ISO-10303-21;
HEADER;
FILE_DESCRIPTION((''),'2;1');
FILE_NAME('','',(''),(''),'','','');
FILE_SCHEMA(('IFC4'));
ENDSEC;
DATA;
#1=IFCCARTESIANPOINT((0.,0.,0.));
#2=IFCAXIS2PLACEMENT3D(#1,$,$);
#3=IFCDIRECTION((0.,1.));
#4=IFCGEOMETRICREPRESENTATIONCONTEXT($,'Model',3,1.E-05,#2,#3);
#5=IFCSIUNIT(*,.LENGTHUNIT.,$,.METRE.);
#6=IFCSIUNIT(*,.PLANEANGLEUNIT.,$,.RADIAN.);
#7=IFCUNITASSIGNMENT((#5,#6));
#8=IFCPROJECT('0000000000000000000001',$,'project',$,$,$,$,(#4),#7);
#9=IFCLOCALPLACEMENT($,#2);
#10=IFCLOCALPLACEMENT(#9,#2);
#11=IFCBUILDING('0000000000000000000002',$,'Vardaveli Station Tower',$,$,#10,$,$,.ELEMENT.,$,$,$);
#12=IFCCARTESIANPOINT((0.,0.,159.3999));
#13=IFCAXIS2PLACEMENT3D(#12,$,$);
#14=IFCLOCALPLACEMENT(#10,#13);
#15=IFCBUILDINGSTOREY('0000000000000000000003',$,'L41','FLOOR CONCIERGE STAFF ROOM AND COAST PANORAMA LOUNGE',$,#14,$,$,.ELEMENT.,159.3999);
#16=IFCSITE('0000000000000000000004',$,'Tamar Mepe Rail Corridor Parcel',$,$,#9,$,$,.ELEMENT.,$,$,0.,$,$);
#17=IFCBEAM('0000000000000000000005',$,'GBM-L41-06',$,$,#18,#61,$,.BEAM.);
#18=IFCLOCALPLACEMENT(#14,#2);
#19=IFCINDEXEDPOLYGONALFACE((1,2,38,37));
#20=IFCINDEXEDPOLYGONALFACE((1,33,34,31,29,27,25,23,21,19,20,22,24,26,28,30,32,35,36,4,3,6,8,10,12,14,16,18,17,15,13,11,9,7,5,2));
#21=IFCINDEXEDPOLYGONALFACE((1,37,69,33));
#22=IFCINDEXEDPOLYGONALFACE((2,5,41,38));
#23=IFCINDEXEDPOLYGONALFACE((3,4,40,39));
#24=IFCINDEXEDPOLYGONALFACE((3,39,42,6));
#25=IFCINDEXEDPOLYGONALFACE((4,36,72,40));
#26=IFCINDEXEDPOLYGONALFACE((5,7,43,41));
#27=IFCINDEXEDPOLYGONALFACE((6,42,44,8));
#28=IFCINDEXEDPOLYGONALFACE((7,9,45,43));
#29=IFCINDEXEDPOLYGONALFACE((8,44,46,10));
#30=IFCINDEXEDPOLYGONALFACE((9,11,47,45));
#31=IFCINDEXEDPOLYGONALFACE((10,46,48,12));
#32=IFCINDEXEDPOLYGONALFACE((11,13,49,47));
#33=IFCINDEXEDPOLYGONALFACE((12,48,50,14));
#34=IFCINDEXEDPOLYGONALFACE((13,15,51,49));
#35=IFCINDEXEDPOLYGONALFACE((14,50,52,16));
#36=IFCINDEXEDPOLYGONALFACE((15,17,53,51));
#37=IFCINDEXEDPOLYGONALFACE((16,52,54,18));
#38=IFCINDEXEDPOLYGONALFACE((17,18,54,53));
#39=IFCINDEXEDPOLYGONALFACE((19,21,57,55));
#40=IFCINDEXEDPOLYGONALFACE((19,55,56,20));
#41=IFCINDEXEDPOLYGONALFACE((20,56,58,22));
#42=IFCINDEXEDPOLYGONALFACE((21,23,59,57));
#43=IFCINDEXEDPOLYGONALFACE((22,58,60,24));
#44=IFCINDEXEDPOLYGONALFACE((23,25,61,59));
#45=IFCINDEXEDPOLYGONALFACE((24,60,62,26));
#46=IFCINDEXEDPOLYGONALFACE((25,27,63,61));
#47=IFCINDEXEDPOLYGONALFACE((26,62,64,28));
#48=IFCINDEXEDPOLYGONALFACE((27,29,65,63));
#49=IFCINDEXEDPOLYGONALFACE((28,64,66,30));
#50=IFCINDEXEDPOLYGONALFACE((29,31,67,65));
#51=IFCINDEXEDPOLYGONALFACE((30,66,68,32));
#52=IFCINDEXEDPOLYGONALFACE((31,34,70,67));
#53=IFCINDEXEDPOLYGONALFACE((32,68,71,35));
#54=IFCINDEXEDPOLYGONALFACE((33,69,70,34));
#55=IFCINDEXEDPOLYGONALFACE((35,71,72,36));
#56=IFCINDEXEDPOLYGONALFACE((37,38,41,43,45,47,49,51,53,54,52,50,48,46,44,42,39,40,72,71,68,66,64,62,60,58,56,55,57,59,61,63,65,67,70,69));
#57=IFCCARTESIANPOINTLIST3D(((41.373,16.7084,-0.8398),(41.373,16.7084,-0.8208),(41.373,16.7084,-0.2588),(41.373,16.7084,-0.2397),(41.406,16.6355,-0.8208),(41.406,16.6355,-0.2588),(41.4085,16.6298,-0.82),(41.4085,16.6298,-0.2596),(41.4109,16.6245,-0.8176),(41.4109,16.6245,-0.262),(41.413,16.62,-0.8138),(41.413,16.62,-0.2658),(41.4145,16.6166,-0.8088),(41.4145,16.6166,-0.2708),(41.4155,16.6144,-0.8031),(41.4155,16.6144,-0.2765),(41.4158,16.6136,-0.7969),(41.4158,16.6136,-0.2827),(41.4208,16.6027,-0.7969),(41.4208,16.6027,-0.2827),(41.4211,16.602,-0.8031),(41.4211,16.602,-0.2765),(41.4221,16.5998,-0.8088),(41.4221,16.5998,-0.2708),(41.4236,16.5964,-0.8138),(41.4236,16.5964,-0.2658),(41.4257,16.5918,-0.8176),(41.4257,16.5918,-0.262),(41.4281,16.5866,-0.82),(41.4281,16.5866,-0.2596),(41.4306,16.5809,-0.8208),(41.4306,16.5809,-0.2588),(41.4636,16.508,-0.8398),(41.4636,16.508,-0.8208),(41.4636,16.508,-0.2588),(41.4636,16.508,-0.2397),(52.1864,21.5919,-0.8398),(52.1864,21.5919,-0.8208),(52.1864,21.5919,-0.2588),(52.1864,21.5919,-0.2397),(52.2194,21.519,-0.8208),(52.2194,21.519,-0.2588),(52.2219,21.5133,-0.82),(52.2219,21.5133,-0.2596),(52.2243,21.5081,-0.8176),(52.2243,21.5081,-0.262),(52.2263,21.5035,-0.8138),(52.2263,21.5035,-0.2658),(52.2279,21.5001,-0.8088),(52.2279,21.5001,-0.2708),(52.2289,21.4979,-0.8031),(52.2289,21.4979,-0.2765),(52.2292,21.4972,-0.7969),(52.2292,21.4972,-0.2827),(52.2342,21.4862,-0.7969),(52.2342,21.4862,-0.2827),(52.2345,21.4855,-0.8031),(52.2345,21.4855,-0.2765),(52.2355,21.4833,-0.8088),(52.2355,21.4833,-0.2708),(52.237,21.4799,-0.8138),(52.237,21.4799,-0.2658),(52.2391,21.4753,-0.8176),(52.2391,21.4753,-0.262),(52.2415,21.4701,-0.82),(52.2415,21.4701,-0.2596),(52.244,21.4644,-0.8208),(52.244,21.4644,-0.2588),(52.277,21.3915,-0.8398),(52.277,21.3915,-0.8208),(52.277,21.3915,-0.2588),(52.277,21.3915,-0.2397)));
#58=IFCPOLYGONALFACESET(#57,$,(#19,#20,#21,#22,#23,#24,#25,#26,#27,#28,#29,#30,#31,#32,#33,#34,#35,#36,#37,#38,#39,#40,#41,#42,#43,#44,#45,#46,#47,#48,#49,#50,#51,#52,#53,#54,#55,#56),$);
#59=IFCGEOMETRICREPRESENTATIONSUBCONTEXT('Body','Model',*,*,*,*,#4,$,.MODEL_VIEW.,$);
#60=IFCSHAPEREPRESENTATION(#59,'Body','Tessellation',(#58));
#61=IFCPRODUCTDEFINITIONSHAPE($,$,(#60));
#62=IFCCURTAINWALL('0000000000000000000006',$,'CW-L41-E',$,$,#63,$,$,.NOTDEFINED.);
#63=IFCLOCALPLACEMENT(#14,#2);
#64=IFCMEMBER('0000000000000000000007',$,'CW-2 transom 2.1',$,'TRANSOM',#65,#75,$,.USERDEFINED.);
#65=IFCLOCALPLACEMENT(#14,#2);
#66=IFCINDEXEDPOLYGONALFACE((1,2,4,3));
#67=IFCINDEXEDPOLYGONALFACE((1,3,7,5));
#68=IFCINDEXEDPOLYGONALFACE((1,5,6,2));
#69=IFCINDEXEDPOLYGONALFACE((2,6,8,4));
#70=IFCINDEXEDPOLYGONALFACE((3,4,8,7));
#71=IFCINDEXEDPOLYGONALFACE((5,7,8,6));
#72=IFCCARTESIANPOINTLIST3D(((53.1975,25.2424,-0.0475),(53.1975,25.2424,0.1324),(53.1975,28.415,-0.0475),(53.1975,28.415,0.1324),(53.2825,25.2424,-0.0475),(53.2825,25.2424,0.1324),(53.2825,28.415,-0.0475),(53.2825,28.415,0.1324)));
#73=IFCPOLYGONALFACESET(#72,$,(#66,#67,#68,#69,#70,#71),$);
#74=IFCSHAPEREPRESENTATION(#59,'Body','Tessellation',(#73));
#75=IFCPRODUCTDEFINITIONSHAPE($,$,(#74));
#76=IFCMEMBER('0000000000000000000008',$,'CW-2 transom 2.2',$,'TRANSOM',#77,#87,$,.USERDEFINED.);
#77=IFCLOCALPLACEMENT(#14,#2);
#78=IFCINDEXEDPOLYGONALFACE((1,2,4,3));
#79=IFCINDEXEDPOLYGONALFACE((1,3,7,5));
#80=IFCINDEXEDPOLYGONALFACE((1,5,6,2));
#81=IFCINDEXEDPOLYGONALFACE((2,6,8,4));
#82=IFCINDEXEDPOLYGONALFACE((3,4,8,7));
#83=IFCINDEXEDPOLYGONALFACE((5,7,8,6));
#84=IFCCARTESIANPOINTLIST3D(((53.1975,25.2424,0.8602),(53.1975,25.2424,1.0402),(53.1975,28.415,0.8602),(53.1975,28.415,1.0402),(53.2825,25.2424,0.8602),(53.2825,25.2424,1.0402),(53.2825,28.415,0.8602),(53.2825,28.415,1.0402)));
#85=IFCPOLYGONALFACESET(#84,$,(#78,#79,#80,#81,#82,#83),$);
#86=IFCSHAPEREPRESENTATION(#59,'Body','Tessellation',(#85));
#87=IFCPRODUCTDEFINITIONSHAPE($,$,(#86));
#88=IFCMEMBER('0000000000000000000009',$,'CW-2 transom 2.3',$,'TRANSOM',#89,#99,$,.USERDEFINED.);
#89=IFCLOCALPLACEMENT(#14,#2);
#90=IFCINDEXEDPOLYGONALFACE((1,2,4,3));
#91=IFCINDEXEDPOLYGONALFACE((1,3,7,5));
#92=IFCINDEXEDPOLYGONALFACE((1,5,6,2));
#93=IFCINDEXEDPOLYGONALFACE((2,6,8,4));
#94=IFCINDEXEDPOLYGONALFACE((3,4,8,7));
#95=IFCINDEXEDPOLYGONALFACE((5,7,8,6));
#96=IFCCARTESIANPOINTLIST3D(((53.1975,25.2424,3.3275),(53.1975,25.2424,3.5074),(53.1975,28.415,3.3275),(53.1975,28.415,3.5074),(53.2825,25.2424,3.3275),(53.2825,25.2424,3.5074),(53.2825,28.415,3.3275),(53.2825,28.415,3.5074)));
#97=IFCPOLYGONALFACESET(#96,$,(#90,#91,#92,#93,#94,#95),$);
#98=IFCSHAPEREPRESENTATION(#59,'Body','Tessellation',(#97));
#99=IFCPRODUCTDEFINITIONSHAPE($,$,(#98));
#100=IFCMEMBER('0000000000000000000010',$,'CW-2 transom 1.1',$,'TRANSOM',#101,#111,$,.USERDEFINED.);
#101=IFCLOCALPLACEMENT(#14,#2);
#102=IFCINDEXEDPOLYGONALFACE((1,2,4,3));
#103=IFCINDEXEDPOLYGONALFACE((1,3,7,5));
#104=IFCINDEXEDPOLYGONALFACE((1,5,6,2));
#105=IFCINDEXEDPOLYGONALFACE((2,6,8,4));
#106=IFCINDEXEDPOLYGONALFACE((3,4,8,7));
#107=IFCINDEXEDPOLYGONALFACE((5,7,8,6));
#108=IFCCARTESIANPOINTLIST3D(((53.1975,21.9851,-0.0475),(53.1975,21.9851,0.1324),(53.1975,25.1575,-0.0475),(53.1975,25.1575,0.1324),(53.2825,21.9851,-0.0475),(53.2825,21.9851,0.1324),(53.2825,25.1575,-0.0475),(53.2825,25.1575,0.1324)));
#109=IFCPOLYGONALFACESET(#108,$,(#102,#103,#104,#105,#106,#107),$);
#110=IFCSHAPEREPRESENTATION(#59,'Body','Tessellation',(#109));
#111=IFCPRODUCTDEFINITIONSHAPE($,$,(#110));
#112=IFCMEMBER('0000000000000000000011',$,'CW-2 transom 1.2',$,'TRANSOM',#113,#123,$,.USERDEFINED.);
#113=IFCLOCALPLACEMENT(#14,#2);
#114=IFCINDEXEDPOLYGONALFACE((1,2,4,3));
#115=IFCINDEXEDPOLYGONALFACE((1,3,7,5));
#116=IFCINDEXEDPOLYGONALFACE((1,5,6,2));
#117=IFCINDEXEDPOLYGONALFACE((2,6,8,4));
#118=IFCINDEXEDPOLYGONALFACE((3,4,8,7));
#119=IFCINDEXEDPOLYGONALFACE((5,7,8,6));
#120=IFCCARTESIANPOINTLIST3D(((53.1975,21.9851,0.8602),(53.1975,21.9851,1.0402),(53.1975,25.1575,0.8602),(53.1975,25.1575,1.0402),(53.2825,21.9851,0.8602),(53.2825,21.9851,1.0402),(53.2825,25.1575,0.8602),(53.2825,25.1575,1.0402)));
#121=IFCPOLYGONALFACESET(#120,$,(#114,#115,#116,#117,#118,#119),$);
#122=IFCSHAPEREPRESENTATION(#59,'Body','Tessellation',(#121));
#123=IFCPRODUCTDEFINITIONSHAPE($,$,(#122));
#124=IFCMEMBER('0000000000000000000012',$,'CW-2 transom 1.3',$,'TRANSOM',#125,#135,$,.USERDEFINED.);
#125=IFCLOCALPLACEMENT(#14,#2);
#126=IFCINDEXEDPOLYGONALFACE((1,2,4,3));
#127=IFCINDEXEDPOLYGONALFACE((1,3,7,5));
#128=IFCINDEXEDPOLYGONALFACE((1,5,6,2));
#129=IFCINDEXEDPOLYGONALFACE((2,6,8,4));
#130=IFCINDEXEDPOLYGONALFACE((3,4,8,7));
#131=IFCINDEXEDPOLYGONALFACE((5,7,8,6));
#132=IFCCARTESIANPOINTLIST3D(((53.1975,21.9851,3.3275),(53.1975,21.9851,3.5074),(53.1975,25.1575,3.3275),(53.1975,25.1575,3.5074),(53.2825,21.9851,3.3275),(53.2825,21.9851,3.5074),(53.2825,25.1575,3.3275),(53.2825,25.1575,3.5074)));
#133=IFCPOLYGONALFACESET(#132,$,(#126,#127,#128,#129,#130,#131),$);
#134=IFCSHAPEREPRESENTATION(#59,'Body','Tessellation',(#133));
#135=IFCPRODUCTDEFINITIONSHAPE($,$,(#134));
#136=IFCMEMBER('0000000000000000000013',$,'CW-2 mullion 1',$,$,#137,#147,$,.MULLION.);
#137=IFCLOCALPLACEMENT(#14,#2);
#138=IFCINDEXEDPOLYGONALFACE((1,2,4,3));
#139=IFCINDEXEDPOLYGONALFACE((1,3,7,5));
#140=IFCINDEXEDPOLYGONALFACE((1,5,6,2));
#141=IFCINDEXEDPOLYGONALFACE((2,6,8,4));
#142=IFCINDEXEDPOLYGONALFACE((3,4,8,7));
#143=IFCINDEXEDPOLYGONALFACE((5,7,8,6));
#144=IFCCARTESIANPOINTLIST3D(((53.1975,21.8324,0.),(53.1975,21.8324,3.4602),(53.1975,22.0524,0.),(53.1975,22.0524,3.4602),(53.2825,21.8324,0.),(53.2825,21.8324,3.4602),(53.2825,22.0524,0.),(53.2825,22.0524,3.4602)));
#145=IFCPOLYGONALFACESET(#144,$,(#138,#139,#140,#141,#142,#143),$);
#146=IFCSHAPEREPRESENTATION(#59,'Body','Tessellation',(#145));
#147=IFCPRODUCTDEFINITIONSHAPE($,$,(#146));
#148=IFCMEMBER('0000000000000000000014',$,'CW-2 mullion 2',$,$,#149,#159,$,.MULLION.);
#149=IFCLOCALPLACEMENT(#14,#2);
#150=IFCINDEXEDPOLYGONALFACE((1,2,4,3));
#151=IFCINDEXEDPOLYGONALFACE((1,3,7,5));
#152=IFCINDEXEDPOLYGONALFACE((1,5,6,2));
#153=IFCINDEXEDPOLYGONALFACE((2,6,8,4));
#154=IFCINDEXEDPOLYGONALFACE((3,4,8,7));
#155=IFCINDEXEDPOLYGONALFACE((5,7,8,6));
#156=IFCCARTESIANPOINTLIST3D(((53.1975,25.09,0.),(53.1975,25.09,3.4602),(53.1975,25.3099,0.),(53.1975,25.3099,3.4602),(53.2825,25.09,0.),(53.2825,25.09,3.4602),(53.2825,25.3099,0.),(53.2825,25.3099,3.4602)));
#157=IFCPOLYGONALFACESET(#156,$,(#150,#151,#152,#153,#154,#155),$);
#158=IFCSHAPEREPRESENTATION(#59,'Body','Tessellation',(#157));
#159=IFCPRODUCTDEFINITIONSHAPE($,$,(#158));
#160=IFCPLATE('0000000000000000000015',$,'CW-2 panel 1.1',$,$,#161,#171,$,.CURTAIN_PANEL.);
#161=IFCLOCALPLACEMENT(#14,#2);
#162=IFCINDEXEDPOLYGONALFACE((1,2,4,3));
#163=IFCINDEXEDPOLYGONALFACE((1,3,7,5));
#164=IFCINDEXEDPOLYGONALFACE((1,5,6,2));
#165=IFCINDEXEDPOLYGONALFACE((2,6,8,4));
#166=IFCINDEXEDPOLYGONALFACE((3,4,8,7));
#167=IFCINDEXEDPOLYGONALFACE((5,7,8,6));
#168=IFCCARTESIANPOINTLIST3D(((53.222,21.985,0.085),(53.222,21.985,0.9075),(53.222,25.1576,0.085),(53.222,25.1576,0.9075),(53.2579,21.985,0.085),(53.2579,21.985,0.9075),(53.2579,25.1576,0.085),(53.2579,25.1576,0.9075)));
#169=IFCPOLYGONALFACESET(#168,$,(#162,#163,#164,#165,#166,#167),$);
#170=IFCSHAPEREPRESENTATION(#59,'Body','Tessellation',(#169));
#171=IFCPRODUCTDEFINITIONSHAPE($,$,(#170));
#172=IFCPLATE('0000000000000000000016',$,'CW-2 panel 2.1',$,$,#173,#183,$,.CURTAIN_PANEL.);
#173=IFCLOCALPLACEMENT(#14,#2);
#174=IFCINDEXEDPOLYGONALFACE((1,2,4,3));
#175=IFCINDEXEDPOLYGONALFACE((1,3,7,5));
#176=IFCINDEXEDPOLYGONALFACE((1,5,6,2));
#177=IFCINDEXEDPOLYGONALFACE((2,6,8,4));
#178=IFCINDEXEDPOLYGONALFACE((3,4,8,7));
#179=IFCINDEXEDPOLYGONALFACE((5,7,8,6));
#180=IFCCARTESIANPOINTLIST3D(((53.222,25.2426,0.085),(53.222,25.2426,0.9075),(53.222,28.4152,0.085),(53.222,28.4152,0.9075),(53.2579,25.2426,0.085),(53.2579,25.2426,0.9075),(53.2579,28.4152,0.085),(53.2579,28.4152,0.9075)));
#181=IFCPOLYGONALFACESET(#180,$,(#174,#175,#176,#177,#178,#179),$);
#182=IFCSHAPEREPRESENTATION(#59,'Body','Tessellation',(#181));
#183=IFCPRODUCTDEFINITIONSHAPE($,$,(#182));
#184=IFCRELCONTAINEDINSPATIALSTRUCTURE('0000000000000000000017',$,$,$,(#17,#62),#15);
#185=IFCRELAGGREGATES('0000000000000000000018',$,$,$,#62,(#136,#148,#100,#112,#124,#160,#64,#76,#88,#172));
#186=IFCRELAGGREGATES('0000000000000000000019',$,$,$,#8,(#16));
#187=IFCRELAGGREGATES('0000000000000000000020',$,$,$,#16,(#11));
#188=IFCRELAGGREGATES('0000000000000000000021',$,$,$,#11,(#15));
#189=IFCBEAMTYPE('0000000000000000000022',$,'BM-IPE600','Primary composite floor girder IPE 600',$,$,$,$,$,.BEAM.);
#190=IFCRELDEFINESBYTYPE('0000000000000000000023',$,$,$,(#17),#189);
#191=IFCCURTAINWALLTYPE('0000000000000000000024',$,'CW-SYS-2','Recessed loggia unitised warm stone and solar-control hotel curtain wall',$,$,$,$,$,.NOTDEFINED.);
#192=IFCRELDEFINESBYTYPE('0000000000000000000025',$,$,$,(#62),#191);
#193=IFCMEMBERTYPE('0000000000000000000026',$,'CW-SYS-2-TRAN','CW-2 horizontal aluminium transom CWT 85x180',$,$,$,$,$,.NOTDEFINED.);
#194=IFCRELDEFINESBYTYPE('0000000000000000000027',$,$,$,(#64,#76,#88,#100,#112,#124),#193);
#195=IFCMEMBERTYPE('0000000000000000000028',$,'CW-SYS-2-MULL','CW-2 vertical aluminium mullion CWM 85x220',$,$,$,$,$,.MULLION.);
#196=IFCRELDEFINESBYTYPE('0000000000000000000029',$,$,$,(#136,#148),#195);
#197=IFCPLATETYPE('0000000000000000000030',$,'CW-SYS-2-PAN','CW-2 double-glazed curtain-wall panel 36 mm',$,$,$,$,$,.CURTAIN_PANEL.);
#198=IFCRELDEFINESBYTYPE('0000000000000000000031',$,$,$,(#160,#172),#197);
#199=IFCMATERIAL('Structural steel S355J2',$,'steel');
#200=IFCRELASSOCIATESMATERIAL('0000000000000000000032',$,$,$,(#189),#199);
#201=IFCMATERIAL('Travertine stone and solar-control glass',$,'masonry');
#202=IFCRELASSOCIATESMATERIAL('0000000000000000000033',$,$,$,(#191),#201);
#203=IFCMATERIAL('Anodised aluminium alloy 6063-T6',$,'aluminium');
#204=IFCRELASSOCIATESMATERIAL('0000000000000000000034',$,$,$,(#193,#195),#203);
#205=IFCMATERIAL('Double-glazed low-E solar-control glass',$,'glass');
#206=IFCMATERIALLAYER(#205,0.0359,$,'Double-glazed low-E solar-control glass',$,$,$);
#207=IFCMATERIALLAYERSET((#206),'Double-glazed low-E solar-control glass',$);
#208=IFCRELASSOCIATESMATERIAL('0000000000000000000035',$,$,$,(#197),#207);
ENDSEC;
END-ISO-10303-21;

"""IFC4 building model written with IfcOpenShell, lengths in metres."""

from ifc_helpers import new_model, si_unit, direction, frame, origin, origin_2d, place, context, subcontext, project, spatial, rectangle, i_section, extrude, source, transform, mapped, material, layer, layer_set, material_profile, profile_set, type_object, element, aggregate, save


model = new_model("IFC4")

# Units and contexts
model_context = context("Model", 3, precision=1e-05, world=origin(), true_north=direction((0.0, 1.0)))
body_context = subcontext(model_context, "Body", "Model", "MODEL_VIEW")
ifc_project = project(units=[si_unit("LENGTHUNIT", "METRE"), si_unit("PLANEANGLEUNIT", "RADIAN")], contexts=[model_context])

# Site, building, storey
site_placement = place(None, origin())
site = spatial("IfcSite", under=ifc_project, at=site_placement, Name="Tamar Mepe Rail Corridor Parcel", CompositionType="ELEMENT", RefElevation=0.0)
building_placement = place(site_placement, origin())
building = spatial("IfcBuilding", under=site, at=building_placement, Name="Vardaveli Station Tower", CompositionType="ELEMENT")
storey_placement = place(building_placement, frame((0.0, 0.0, 159.3999)))
storey = spatial("IfcBuildingStorey", under=building, at=storey_placement, Name="L41", Description="FLOOR CONCIERGE STAFF ROOM AND COAST PANORAMA LOUNGE", CompositionType="ELEMENT", Elevation=159.3999)

# Beam
ifc_material_1 = material(Name="Structural steel S355J2", Category="steel")
ifc_material_profile_1 = material_profile(ifc_material_1, i_section(OverallWidth=0.22, OverallDepth=0.6001, WebThickness=0.012, FlangeThickness=0.019, FilletRadius=0.0239, at=origin_2d()), Name="IPE 600")
ifc_profile_set_1 = profile_set([ifc_material_profile_1], Name="Structural steel S355J2")
beam_type_1 = type_object("IfcBeamType", Name="BM-IPE600", Description="Primary composite floor girder IPE 600", PredefinedType="BEAM", material=ifc_profile_set_1)
shared_shape_1 = source(origin(), body_context, "Body", "SweptSolid", [
    extrude(i_section(OverallWidth=0.22, OverallDepth=0.6001, WebThickness=0.012, FlangeThickness=0.019, FilletRadius=0.0239, at=origin_2d()), origin(), (0.0, 0.0, 1.0), 11.865),
])
beam_1_placement = place(storey_placement, frame((52.2317, 21.4917, -0.5398), z_axis=(-0.911369, -0.411589, 0.0), x_axis=(0.411589, -0.911369, 0.0)))
element("IfcBeam", 1, at=beam_1_placement, inside=storey, type_object=beam_type_1, Name="GBM-L41-06", PredefinedType="BEAM", context=body_context, shape_type="MappedRepresentation", body=[
    mapped(shared_shape_1, transform((0.0, 0.0, 0.0), scale=1.0)),
])

# Curtain wall, members, plates
ifc_material_2 = material(Name="Travertine stone and solar-control glass", Category="masonry")
curtain_wall_type = type_object("IfcCurtainWallType", Name="CW-SYS-2", Description="Recessed loggia unitised warm stone and solar-control hotel curtain wall", PredefinedType="NOTDEFINED", material=ifc_material_2)
curtain_wall_placement = place(storey_placement, origin())
curtain_wall = element("IfcCurtainWall", 2, at=curtain_wall_placement, inside=storey, type_object=curtain_wall_type, Name="CW-L41-E", PredefinedType="NOTDEFINED")
ifc_material_3 = material(Name="Anodised aluminium alloy 6063-T6", Category="aluminium")
ifc_material_profile_2 = material_profile(ifc_material_3, rectangle(XDim=0.085, YDim=0.1799, at=origin_2d()), Name="CWT 85x180")
ifc_profile_set_2 = profile_set([ifc_material_profile_2], Name="Anodised aluminium alloy 6063-T6")
member_type_1 = type_object("IfcMemberType", Name="CW-SYS-2-TRAN", Description="CW-2 horizontal aluminium transom CWT 85x180", PredefinedType="NOTDEFINED", material=ifc_profile_set_2)
shared_shape_2 = source(origin(), body_context, "Body", "SweptSolid", [
    extrude(rectangle(XDim=0.085, YDim=0.1799, at=origin_2d()), origin(), (0.0, 0.0, 1.0), 3.1726),
])
member_1_placement = place(storey_placement, frame((53.24, 25.2424, 0.0425), z_axis=(0.0, 1.0, 0.0), x_axis=(-1.0, 0.0, 0.0)))
member_1 = element("IfcMember", 3, at=member_1_placement, type_object=member_type_1, Name="CW-2 transom 2.1", ObjectType="TRANSOM", PredefinedType="USERDEFINED", context=body_context, shape_type="MappedRepresentation", body=[
    mapped(shared_shape_2, transform((0.0, 0.0, 0.0), scale=1.0)),
])
member_2_placement = place(storey_placement, frame((53.24, 25.2424, 0.9502), z_axis=(0.0, 1.0, 0.0), x_axis=(-1.0, 0.0, 0.0)))
member_2 = element("IfcMember", 4, at=member_2_placement, type_object=member_type_1, Name="CW-2 transom 2.2", ObjectType="TRANSOM", PredefinedType="USERDEFINED", context=body_context, shape_type="MappedRepresentation", body=[
    mapped(shared_shape_2, transform((0.0, 0.0, 0.0), scale=1.0)),
])
member_3_placement = place(storey_placement, frame((53.24, 25.2424, 3.4175), z_axis=(0.0, 1.0, 0.0), x_axis=(-1.0, 0.0, 0.0)))
member_3 = element("IfcMember", 5, at=member_3_placement, type_object=member_type_1, Name="CW-2 transom 2.3", ObjectType="TRANSOM", PredefinedType="USERDEFINED", context=body_context, shape_type="MappedRepresentation", body=[
    mapped(shared_shape_2, transform((0.0, 0.0, 0.0), scale=1.0)),
])
shared_shape_3 = source(origin(), body_context, "Body", "SweptSolid", [
    extrude(rectangle(XDim=0.085, YDim=0.1799, at=origin_2d()), origin(), (0.0, 0.0, 1.0), 3.1724),
])
member_4_placement = place(storey_placement, frame((53.24, 21.9851, 0.0425), z_axis=(0.0, 1.0, 0.0), x_axis=(-1.0, 0.0, 0.0)))
member_4 = element("IfcMember", 6, at=member_4_placement, type_object=member_type_1, Name="CW-2 transom 1.1", ObjectType="TRANSOM", PredefinedType="USERDEFINED", context=body_context, shape_type="MappedRepresentation", body=[
    mapped(shared_shape_3, transform((0.0, 0.0, 0.0), scale=1.0)),
])
member_5_placement = place(storey_placement, frame((53.24, 21.9851, 0.9502), z_axis=(0.0, 1.0, 0.0), x_axis=(-1.0, 0.0, 0.0)))
member_5 = element("IfcMember", 7, at=member_5_placement, type_object=member_type_1, Name="CW-2 transom 1.2", ObjectType="TRANSOM", PredefinedType="USERDEFINED", context=body_context, shape_type="MappedRepresentation", body=[
    mapped(shared_shape_3, transform((0.0, 0.0, 0.0), scale=1.0)),
])
member_6_placement = place(storey_placement, frame((53.24, 21.9851, 3.4175), z_axis=(0.0, 1.0, 0.0), x_axis=(-1.0, 0.0, 0.0)))
member_6 = element("IfcMember", 8, at=member_6_placement, type_object=member_type_1, Name="CW-2 transom 1.3", ObjectType="TRANSOM", PredefinedType="USERDEFINED", context=body_context, shape_type="MappedRepresentation", body=[
    mapped(shared_shape_3, transform((0.0, 0.0, 0.0), scale=1.0)),
])
ifc_material_profile_3 = material_profile(ifc_material_3, rectangle(XDim=0.085, YDim=0.22, at=origin_2d()), Name="CWM 85x220")
ifc_profile_set_3 = profile_set([ifc_material_profile_3], Name="Anodised aluminium alloy 6063-T6")
member_type_2 = type_object("IfcMemberType", Name="CW-SYS-2-MULL", Description="CW-2 vertical aluminium mullion CWM 85x220", PredefinedType="MULLION", material=ifc_profile_set_3)
shared_shape_4 = source(origin(), body_context, "Body", "SweptSolid", [
    extrude(rectangle(XDim=0.085, YDim=0.22, at=origin_2d()), origin(), (0.0, 0.0, 1.0), 3.4602),
])
member_7_placement = place(storey_placement, frame((53.24, 21.9424, 0.0), z_axis=(0.0, 0.0, 1.0), x_axis=(-1.0, 0.0, 0.0)))
member_7 = element("IfcMember", 9, at=member_7_placement, type_object=member_type_2, Name="CW-2 mullion 1", PredefinedType="MULLION", context=body_context, shape_type="MappedRepresentation", body=[
    mapped(shared_shape_4, transform((0.0, 0.0, 0.0), scale=1.0)),
])
member_8_placement = place(storey_placement, frame((53.24, 25.2, 0.0), z_axis=(0.0, 0.0, 1.0), x_axis=(-1.0, 0.0, 0.0)))
member_8 = element("IfcMember", 10, at=member_8_placement, type_object=member_type_2, Name="CW-2 mullion 2", PredefinedType="MULLION", context=body_context, shape_type="MappedRepresentation", body=[
    mapped(shared_shape_4, transform((0.0, 0.0, 0.0), scale=1.0)),
])
ifc_material_4 = material(Name="Double-glazed low-E solar-control glass", Category="glass")
ifc_layer_1 = layer(ifc_material_4, 0.0359, Name="Double-glazed low-E solar-control glass")
ifc_layer_set_1 = layer_set([ifc_layer_1], Name="Double-glazed low-E solar-control glass")
plate_type = type_object("IfcPlateType", Name="CW-SYS-2-PAN", Description="CW-2 double-glazed curtain-wall panel 36 mm", PredefinedType="CURTAIN_PANEL", material=ifc_layer_set_1)
shared_shape_5 = source(origin(), body_context, "Body", "SweptSolid", [
    extrude(rectangle(XDim=3.1726, YDim=0.0359, at=origin_2d()), origin(), (0.0, 0.0, 1.0), 0.8225),
])
plate_1_placement = place(storey_placement, frame((53.24, 23.5713, 0.085), z_axis=(0.0, 0.0, 1.0), x_axis=(0.0, 1.0, 0.0)))
plate_1 = element("IfcPlate", 11, at=plate_1_placement, type_object=plate_type, Name="CW-2 panel 1.1", PredefinedType="CURTAIN_PANEL", context=body_context, shape_type="MappedRepresentation", body=[
    mapped(shared_shape_5, transform((0.0, 0.0, 0.0), scale=1.0)),
])
plate_2_placement = place(storey_placement, frame((53.24, 26.8289, 0.085), z_axis=(0.0, 0.0, 1.0), x_axis=(0.0, 1.0, 0.0)))
plate_2 = element("IfcPlate", 12, at=plate_2_placement, type_object=plate_type, Name="CW-2 panel 2.1", PredefinedType="CURTAIN_PANEL", context=body_context, shape_type="MappedRepresentation", body=[
    mapped(shared_shape_5, transform((0.0, 0.0, 0.0), scale=1.0)),
])
aggregate(curtain_wall, [member_7, member_8, member_4, member_5, member_6, plate_1, member_1, member_2, member_3, plate_2])

save(model, "model.ifc")
